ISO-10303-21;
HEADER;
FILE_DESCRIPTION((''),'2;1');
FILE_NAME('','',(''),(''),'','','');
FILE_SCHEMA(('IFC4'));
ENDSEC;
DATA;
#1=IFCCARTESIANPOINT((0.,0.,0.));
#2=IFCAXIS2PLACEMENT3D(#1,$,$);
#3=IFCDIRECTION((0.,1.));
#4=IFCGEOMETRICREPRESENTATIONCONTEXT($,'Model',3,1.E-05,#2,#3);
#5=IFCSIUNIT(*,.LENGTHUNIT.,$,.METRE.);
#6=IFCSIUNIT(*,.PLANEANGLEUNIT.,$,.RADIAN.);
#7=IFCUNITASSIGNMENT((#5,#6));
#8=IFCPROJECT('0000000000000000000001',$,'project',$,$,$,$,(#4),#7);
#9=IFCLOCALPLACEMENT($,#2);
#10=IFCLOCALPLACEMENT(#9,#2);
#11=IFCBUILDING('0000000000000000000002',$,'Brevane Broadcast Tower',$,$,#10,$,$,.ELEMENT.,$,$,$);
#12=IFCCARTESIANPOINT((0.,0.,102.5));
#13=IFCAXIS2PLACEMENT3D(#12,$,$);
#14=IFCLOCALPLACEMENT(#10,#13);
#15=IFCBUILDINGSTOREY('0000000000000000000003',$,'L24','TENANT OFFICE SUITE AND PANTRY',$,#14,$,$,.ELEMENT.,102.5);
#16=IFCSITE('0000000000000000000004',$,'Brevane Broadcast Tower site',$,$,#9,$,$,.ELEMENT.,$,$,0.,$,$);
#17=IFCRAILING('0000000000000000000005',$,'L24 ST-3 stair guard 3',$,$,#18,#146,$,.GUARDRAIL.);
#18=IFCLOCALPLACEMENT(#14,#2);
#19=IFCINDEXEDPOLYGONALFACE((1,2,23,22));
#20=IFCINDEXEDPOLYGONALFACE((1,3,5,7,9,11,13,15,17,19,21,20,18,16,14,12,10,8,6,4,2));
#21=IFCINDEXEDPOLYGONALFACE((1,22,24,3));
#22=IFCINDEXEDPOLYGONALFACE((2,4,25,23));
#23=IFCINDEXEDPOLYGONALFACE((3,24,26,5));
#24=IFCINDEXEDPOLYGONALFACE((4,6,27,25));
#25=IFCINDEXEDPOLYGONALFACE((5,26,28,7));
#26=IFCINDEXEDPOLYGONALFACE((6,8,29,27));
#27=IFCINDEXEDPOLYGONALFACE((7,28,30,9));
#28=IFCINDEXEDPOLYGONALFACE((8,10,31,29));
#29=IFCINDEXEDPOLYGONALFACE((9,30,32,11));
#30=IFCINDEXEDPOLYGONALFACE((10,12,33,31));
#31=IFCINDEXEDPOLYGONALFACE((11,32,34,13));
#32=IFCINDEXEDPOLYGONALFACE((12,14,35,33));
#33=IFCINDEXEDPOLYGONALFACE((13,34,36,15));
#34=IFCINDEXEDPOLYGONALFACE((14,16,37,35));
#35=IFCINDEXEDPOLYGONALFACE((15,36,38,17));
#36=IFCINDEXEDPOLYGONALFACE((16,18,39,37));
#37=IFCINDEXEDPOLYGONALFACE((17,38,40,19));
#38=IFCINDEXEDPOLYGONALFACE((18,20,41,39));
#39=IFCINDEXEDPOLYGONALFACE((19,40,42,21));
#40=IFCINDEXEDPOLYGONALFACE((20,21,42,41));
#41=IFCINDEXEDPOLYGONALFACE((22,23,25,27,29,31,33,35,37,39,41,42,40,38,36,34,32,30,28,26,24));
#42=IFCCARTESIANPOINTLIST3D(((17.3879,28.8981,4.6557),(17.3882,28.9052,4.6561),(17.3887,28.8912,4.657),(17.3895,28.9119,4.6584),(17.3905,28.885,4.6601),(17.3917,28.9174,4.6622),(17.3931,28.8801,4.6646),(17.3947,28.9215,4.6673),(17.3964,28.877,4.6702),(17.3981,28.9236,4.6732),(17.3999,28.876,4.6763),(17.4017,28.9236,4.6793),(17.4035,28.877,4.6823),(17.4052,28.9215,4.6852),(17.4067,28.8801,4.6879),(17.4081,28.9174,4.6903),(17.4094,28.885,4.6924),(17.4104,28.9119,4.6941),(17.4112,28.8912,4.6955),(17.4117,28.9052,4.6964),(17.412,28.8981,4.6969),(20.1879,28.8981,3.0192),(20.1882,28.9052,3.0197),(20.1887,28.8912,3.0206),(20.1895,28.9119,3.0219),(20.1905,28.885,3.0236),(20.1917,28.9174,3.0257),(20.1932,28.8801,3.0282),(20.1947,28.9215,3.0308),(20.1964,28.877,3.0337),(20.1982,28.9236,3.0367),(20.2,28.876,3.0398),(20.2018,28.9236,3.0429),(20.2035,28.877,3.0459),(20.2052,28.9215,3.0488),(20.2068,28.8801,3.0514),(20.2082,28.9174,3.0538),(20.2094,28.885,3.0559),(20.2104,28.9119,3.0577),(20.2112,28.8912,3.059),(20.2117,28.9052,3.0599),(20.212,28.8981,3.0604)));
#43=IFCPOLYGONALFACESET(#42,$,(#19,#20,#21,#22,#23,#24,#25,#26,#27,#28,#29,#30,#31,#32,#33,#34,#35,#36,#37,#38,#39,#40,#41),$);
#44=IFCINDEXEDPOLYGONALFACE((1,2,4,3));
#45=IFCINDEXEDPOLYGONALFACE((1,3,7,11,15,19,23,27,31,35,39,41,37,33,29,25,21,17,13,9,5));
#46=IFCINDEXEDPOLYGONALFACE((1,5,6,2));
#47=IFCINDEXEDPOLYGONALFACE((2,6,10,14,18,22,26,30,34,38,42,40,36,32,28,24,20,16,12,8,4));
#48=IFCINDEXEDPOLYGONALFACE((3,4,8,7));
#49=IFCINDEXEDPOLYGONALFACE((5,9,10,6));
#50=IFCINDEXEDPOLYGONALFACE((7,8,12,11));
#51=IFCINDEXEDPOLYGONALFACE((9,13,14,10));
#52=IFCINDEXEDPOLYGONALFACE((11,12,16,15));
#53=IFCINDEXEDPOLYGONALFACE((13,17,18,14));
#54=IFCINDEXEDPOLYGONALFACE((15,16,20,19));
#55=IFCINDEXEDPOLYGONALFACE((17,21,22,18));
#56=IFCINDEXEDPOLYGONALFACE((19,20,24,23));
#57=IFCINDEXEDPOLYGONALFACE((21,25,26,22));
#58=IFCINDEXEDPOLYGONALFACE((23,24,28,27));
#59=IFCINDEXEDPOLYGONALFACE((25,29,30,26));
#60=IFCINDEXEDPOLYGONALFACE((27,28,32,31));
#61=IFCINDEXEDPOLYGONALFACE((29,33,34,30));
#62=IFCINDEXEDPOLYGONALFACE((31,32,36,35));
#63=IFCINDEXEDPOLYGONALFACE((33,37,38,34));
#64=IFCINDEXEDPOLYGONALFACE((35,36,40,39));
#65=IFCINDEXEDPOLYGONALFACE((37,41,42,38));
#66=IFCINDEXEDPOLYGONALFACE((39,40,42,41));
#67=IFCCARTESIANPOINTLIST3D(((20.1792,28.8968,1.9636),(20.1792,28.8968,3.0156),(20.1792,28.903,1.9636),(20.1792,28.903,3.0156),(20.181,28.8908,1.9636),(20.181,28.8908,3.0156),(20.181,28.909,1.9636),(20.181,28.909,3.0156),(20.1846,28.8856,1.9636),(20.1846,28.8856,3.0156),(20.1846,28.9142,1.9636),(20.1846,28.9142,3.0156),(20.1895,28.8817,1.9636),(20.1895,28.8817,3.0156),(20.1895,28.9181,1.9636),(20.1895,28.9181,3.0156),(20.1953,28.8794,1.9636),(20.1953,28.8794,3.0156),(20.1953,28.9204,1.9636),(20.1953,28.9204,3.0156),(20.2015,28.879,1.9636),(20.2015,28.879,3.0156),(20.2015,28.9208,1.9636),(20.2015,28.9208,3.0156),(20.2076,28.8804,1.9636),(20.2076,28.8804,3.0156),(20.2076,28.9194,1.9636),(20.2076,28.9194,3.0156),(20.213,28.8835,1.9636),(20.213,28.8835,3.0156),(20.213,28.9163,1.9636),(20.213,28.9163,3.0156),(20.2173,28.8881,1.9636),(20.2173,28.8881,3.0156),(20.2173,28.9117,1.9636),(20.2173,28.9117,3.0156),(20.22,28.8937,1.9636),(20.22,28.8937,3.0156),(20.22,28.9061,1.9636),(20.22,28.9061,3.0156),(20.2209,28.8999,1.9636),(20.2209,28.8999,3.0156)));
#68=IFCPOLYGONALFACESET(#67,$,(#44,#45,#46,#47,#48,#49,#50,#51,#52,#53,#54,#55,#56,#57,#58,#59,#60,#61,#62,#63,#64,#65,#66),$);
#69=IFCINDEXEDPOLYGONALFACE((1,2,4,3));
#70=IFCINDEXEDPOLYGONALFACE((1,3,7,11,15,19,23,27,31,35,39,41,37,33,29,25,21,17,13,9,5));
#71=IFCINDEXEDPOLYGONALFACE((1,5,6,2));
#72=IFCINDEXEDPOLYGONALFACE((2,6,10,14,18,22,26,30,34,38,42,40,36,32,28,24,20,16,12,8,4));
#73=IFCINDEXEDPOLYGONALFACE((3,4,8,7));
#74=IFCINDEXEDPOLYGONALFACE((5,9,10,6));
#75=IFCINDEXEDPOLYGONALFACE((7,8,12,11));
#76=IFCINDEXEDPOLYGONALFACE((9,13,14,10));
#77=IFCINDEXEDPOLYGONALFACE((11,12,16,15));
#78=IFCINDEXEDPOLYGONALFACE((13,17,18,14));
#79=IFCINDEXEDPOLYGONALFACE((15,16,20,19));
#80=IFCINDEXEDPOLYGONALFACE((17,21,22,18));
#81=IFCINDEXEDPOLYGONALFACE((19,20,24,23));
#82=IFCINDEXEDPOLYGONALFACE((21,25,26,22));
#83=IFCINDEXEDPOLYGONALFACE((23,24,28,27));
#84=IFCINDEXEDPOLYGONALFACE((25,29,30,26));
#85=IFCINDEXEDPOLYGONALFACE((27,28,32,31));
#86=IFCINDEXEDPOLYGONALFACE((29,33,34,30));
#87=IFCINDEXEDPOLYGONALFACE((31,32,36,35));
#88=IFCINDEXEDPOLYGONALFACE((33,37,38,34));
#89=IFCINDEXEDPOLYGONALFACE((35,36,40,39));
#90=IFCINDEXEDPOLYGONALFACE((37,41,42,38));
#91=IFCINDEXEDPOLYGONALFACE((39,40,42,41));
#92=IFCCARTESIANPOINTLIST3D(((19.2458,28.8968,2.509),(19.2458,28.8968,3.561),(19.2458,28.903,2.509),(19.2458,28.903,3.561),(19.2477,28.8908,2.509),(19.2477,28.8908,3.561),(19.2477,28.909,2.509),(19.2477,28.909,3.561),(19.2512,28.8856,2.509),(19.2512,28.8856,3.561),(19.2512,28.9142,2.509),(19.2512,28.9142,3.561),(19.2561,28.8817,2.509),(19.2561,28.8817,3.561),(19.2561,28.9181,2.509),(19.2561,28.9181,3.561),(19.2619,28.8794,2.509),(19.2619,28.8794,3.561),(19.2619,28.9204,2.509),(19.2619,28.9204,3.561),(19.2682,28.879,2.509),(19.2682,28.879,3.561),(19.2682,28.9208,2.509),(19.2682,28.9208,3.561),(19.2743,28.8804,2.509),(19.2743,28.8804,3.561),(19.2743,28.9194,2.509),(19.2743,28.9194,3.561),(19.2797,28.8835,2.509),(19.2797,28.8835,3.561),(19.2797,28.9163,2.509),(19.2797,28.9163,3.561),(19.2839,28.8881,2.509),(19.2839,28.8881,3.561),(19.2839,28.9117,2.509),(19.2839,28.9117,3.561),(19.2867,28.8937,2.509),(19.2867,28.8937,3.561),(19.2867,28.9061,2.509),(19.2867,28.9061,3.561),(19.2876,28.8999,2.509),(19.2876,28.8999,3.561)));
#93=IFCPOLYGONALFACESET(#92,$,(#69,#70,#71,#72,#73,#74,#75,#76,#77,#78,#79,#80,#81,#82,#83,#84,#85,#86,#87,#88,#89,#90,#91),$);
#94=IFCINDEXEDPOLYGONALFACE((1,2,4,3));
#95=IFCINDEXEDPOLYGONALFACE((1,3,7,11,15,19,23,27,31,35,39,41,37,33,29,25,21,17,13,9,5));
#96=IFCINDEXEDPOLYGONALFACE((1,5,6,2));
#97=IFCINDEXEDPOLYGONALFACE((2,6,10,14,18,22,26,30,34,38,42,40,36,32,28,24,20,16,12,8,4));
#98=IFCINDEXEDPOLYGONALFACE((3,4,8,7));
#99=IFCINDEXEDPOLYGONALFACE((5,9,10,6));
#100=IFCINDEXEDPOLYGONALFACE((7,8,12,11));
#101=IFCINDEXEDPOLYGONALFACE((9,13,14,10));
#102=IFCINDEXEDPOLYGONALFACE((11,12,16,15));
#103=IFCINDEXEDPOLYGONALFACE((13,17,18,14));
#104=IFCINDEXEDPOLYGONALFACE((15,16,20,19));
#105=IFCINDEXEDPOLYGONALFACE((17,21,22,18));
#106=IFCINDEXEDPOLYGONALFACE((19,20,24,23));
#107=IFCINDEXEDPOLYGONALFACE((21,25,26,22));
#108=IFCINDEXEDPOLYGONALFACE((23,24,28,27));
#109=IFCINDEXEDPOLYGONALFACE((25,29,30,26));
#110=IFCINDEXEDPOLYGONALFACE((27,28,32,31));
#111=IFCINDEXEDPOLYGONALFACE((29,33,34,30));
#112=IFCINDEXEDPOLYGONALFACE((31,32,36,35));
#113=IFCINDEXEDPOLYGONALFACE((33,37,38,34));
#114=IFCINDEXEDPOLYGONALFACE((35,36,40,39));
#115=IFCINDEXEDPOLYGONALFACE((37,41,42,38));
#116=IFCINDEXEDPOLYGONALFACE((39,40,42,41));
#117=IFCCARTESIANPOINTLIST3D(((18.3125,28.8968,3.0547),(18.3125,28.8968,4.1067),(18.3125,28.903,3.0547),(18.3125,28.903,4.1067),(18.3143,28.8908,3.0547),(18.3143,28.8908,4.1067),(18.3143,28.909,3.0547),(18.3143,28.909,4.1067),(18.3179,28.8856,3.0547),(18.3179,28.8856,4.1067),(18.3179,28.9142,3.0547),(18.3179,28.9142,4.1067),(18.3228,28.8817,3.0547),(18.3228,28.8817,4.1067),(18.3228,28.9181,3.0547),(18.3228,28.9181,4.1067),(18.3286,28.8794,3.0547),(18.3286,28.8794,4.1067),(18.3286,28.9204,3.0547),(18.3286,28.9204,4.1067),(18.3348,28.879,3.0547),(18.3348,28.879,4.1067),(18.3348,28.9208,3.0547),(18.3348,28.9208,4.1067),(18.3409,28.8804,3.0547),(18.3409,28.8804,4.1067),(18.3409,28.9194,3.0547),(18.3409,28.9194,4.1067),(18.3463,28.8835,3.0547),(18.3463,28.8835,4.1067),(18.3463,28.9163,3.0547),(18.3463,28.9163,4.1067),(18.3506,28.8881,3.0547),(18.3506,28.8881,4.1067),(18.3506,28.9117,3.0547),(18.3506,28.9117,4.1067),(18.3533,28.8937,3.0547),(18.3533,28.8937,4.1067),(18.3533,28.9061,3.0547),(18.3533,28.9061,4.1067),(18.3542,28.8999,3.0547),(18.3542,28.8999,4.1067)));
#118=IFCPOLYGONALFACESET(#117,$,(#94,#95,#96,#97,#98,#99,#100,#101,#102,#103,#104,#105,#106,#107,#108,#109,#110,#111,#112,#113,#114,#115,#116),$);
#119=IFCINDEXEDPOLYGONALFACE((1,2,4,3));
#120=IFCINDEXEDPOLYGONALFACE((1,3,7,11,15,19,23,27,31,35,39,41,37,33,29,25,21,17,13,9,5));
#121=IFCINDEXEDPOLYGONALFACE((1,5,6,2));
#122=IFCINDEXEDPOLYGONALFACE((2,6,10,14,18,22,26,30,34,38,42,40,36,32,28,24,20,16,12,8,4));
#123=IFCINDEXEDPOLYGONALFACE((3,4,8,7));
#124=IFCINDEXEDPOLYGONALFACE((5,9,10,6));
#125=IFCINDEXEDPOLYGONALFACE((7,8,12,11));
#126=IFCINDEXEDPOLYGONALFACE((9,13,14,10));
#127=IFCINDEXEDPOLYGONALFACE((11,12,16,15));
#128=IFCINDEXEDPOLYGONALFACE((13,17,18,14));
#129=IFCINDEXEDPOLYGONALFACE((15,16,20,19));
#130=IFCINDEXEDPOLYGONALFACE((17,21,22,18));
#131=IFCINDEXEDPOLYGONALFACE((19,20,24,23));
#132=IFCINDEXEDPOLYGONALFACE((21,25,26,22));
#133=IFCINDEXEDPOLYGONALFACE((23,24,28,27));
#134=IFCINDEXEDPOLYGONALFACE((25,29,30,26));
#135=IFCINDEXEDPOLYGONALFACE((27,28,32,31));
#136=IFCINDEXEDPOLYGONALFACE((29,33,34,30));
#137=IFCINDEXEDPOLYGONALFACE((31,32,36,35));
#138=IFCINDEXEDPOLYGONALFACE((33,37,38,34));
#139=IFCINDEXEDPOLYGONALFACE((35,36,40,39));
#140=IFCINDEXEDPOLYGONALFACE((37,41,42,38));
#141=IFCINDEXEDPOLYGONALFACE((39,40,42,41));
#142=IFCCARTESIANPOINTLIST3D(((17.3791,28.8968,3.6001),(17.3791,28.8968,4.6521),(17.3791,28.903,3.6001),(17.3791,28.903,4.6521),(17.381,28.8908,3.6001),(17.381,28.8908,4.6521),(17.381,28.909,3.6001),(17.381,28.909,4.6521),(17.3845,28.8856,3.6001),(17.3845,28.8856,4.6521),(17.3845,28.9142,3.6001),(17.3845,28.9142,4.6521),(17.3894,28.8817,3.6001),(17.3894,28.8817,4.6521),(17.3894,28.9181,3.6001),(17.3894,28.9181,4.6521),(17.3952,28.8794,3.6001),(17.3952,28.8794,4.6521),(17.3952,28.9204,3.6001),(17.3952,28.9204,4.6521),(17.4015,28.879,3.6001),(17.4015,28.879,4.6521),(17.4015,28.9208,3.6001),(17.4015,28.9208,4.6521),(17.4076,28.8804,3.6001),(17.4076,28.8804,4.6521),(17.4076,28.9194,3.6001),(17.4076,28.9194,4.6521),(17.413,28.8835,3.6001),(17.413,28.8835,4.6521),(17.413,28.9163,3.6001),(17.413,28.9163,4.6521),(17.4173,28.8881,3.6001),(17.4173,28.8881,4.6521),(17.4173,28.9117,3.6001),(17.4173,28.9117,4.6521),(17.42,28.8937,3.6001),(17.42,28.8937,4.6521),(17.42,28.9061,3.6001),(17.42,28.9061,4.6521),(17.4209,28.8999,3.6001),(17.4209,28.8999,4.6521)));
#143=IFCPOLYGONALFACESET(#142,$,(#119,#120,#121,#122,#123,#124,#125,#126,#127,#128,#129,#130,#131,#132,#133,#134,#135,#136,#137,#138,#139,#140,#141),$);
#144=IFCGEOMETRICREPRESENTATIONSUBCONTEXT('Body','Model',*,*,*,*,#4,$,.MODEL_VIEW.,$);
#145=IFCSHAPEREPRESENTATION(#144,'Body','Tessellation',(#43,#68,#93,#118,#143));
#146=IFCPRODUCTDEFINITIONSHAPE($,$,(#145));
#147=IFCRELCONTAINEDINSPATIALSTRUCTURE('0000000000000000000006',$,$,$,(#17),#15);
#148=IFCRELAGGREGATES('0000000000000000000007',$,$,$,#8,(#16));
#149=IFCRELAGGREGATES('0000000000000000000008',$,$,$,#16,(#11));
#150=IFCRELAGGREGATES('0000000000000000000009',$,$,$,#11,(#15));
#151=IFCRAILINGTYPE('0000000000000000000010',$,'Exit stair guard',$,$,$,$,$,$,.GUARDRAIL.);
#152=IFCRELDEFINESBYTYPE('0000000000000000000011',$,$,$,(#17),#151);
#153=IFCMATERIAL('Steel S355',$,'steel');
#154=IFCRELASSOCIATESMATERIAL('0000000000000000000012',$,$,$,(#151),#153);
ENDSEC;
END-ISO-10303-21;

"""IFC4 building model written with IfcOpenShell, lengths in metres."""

from ifc_helpers import new_model, si_unit, direction, frame, origin, origin_2d, place, context, subcontext, project, spatial, circle, extrude, material, type_object, element, save


model = new_model("IFC4")

# Units and contexts
model_context = context("Model", 3, precision=1e-05, world=origin(), true_north=direction((0.0, 1.0)))
body_context = subcontext(model_context, "Body", "Model", "MODEL_VIEW")
ifc_project = project(units=[si_unit("LENGTHUNIT", "METRE"), si_unit("PLANEANGLEUNIT", "RADIAN")], contexts=[model_context])

# Site, building, storey
site_placement = place(None, origin())
site = spatial("IfcSite", under=ifc_project, at=site_placement, Name="Brevane Broadcast Tower site", CompositionType="ELEMENT", RefElevation=0.0)
building_placement = place(site_placement, origin())
building = spatial("IfcBuilding", under=site, at=building_placement, Name="Brevane Broadcast Tower", CompositionType="ELEMENT")
storey_placement = place(building_placement, frame((0.0, 0.0, 102.5)))
storey = spatial("IfcBuildingStorey", under=building, at=storey_placement, Name="L24", Description="TENANT OFFICE SUITE AND PANTRY", CompositionType="ELEMENT", Elevation=102.5)

# Railing
ifc_material_1 = material(Name="Steel S355", Category="steel")
railing_type_1 = type_object("IfcRailingType", Name="Exit stair guard", PredefinedType="GUARDRAIL", material=ifc_material_1)
railing_1_placement = place(storey_placement, frame((20.2, 28.8999, 1.9636)))
element("IfcRailing", 1, at=railing_1_placement, inside=storey, type_object=railing_type_1, Name="L24 ST-3 stair guard 3", PredefinedType="GUARDRAIL", context=body_context, shape_type="SweptSolid", body=[
    extrude(circle(Radius=0.0239, at=origin_2d()), frame((0.0, 0.0, 1.0762), z_axis=(-0.863361, 0.0, 0.504587), x_axis=(0.0, -1.0, 0.0)), (0.0, 0.0, 1.0), 3.2432),
    extrude(circle(Radius=0.021, at=origin_2d()), origin(), (0.0, 0.0, 1.0), 1.052),
    extrude(circle(Radius=0.021, at=origin_2d()), frame((-0.9333, 0.0, 0.5454)), (0.0, 0.0, 1.0), 1.052),
    extrude(circle(Radius=0.021, at=origin_2d()), frame((-1.8667, 0.0, 1.0911)), (0.0, 0.0, 1.0), 1.052),
    extrude(circle(Radius=0.021, at=origin_2d()), frame((-2.8, 0.0, 1.6365)), (0.0, 0.0, 1.0), 1.052),
])

save(model, "model.ifc")
